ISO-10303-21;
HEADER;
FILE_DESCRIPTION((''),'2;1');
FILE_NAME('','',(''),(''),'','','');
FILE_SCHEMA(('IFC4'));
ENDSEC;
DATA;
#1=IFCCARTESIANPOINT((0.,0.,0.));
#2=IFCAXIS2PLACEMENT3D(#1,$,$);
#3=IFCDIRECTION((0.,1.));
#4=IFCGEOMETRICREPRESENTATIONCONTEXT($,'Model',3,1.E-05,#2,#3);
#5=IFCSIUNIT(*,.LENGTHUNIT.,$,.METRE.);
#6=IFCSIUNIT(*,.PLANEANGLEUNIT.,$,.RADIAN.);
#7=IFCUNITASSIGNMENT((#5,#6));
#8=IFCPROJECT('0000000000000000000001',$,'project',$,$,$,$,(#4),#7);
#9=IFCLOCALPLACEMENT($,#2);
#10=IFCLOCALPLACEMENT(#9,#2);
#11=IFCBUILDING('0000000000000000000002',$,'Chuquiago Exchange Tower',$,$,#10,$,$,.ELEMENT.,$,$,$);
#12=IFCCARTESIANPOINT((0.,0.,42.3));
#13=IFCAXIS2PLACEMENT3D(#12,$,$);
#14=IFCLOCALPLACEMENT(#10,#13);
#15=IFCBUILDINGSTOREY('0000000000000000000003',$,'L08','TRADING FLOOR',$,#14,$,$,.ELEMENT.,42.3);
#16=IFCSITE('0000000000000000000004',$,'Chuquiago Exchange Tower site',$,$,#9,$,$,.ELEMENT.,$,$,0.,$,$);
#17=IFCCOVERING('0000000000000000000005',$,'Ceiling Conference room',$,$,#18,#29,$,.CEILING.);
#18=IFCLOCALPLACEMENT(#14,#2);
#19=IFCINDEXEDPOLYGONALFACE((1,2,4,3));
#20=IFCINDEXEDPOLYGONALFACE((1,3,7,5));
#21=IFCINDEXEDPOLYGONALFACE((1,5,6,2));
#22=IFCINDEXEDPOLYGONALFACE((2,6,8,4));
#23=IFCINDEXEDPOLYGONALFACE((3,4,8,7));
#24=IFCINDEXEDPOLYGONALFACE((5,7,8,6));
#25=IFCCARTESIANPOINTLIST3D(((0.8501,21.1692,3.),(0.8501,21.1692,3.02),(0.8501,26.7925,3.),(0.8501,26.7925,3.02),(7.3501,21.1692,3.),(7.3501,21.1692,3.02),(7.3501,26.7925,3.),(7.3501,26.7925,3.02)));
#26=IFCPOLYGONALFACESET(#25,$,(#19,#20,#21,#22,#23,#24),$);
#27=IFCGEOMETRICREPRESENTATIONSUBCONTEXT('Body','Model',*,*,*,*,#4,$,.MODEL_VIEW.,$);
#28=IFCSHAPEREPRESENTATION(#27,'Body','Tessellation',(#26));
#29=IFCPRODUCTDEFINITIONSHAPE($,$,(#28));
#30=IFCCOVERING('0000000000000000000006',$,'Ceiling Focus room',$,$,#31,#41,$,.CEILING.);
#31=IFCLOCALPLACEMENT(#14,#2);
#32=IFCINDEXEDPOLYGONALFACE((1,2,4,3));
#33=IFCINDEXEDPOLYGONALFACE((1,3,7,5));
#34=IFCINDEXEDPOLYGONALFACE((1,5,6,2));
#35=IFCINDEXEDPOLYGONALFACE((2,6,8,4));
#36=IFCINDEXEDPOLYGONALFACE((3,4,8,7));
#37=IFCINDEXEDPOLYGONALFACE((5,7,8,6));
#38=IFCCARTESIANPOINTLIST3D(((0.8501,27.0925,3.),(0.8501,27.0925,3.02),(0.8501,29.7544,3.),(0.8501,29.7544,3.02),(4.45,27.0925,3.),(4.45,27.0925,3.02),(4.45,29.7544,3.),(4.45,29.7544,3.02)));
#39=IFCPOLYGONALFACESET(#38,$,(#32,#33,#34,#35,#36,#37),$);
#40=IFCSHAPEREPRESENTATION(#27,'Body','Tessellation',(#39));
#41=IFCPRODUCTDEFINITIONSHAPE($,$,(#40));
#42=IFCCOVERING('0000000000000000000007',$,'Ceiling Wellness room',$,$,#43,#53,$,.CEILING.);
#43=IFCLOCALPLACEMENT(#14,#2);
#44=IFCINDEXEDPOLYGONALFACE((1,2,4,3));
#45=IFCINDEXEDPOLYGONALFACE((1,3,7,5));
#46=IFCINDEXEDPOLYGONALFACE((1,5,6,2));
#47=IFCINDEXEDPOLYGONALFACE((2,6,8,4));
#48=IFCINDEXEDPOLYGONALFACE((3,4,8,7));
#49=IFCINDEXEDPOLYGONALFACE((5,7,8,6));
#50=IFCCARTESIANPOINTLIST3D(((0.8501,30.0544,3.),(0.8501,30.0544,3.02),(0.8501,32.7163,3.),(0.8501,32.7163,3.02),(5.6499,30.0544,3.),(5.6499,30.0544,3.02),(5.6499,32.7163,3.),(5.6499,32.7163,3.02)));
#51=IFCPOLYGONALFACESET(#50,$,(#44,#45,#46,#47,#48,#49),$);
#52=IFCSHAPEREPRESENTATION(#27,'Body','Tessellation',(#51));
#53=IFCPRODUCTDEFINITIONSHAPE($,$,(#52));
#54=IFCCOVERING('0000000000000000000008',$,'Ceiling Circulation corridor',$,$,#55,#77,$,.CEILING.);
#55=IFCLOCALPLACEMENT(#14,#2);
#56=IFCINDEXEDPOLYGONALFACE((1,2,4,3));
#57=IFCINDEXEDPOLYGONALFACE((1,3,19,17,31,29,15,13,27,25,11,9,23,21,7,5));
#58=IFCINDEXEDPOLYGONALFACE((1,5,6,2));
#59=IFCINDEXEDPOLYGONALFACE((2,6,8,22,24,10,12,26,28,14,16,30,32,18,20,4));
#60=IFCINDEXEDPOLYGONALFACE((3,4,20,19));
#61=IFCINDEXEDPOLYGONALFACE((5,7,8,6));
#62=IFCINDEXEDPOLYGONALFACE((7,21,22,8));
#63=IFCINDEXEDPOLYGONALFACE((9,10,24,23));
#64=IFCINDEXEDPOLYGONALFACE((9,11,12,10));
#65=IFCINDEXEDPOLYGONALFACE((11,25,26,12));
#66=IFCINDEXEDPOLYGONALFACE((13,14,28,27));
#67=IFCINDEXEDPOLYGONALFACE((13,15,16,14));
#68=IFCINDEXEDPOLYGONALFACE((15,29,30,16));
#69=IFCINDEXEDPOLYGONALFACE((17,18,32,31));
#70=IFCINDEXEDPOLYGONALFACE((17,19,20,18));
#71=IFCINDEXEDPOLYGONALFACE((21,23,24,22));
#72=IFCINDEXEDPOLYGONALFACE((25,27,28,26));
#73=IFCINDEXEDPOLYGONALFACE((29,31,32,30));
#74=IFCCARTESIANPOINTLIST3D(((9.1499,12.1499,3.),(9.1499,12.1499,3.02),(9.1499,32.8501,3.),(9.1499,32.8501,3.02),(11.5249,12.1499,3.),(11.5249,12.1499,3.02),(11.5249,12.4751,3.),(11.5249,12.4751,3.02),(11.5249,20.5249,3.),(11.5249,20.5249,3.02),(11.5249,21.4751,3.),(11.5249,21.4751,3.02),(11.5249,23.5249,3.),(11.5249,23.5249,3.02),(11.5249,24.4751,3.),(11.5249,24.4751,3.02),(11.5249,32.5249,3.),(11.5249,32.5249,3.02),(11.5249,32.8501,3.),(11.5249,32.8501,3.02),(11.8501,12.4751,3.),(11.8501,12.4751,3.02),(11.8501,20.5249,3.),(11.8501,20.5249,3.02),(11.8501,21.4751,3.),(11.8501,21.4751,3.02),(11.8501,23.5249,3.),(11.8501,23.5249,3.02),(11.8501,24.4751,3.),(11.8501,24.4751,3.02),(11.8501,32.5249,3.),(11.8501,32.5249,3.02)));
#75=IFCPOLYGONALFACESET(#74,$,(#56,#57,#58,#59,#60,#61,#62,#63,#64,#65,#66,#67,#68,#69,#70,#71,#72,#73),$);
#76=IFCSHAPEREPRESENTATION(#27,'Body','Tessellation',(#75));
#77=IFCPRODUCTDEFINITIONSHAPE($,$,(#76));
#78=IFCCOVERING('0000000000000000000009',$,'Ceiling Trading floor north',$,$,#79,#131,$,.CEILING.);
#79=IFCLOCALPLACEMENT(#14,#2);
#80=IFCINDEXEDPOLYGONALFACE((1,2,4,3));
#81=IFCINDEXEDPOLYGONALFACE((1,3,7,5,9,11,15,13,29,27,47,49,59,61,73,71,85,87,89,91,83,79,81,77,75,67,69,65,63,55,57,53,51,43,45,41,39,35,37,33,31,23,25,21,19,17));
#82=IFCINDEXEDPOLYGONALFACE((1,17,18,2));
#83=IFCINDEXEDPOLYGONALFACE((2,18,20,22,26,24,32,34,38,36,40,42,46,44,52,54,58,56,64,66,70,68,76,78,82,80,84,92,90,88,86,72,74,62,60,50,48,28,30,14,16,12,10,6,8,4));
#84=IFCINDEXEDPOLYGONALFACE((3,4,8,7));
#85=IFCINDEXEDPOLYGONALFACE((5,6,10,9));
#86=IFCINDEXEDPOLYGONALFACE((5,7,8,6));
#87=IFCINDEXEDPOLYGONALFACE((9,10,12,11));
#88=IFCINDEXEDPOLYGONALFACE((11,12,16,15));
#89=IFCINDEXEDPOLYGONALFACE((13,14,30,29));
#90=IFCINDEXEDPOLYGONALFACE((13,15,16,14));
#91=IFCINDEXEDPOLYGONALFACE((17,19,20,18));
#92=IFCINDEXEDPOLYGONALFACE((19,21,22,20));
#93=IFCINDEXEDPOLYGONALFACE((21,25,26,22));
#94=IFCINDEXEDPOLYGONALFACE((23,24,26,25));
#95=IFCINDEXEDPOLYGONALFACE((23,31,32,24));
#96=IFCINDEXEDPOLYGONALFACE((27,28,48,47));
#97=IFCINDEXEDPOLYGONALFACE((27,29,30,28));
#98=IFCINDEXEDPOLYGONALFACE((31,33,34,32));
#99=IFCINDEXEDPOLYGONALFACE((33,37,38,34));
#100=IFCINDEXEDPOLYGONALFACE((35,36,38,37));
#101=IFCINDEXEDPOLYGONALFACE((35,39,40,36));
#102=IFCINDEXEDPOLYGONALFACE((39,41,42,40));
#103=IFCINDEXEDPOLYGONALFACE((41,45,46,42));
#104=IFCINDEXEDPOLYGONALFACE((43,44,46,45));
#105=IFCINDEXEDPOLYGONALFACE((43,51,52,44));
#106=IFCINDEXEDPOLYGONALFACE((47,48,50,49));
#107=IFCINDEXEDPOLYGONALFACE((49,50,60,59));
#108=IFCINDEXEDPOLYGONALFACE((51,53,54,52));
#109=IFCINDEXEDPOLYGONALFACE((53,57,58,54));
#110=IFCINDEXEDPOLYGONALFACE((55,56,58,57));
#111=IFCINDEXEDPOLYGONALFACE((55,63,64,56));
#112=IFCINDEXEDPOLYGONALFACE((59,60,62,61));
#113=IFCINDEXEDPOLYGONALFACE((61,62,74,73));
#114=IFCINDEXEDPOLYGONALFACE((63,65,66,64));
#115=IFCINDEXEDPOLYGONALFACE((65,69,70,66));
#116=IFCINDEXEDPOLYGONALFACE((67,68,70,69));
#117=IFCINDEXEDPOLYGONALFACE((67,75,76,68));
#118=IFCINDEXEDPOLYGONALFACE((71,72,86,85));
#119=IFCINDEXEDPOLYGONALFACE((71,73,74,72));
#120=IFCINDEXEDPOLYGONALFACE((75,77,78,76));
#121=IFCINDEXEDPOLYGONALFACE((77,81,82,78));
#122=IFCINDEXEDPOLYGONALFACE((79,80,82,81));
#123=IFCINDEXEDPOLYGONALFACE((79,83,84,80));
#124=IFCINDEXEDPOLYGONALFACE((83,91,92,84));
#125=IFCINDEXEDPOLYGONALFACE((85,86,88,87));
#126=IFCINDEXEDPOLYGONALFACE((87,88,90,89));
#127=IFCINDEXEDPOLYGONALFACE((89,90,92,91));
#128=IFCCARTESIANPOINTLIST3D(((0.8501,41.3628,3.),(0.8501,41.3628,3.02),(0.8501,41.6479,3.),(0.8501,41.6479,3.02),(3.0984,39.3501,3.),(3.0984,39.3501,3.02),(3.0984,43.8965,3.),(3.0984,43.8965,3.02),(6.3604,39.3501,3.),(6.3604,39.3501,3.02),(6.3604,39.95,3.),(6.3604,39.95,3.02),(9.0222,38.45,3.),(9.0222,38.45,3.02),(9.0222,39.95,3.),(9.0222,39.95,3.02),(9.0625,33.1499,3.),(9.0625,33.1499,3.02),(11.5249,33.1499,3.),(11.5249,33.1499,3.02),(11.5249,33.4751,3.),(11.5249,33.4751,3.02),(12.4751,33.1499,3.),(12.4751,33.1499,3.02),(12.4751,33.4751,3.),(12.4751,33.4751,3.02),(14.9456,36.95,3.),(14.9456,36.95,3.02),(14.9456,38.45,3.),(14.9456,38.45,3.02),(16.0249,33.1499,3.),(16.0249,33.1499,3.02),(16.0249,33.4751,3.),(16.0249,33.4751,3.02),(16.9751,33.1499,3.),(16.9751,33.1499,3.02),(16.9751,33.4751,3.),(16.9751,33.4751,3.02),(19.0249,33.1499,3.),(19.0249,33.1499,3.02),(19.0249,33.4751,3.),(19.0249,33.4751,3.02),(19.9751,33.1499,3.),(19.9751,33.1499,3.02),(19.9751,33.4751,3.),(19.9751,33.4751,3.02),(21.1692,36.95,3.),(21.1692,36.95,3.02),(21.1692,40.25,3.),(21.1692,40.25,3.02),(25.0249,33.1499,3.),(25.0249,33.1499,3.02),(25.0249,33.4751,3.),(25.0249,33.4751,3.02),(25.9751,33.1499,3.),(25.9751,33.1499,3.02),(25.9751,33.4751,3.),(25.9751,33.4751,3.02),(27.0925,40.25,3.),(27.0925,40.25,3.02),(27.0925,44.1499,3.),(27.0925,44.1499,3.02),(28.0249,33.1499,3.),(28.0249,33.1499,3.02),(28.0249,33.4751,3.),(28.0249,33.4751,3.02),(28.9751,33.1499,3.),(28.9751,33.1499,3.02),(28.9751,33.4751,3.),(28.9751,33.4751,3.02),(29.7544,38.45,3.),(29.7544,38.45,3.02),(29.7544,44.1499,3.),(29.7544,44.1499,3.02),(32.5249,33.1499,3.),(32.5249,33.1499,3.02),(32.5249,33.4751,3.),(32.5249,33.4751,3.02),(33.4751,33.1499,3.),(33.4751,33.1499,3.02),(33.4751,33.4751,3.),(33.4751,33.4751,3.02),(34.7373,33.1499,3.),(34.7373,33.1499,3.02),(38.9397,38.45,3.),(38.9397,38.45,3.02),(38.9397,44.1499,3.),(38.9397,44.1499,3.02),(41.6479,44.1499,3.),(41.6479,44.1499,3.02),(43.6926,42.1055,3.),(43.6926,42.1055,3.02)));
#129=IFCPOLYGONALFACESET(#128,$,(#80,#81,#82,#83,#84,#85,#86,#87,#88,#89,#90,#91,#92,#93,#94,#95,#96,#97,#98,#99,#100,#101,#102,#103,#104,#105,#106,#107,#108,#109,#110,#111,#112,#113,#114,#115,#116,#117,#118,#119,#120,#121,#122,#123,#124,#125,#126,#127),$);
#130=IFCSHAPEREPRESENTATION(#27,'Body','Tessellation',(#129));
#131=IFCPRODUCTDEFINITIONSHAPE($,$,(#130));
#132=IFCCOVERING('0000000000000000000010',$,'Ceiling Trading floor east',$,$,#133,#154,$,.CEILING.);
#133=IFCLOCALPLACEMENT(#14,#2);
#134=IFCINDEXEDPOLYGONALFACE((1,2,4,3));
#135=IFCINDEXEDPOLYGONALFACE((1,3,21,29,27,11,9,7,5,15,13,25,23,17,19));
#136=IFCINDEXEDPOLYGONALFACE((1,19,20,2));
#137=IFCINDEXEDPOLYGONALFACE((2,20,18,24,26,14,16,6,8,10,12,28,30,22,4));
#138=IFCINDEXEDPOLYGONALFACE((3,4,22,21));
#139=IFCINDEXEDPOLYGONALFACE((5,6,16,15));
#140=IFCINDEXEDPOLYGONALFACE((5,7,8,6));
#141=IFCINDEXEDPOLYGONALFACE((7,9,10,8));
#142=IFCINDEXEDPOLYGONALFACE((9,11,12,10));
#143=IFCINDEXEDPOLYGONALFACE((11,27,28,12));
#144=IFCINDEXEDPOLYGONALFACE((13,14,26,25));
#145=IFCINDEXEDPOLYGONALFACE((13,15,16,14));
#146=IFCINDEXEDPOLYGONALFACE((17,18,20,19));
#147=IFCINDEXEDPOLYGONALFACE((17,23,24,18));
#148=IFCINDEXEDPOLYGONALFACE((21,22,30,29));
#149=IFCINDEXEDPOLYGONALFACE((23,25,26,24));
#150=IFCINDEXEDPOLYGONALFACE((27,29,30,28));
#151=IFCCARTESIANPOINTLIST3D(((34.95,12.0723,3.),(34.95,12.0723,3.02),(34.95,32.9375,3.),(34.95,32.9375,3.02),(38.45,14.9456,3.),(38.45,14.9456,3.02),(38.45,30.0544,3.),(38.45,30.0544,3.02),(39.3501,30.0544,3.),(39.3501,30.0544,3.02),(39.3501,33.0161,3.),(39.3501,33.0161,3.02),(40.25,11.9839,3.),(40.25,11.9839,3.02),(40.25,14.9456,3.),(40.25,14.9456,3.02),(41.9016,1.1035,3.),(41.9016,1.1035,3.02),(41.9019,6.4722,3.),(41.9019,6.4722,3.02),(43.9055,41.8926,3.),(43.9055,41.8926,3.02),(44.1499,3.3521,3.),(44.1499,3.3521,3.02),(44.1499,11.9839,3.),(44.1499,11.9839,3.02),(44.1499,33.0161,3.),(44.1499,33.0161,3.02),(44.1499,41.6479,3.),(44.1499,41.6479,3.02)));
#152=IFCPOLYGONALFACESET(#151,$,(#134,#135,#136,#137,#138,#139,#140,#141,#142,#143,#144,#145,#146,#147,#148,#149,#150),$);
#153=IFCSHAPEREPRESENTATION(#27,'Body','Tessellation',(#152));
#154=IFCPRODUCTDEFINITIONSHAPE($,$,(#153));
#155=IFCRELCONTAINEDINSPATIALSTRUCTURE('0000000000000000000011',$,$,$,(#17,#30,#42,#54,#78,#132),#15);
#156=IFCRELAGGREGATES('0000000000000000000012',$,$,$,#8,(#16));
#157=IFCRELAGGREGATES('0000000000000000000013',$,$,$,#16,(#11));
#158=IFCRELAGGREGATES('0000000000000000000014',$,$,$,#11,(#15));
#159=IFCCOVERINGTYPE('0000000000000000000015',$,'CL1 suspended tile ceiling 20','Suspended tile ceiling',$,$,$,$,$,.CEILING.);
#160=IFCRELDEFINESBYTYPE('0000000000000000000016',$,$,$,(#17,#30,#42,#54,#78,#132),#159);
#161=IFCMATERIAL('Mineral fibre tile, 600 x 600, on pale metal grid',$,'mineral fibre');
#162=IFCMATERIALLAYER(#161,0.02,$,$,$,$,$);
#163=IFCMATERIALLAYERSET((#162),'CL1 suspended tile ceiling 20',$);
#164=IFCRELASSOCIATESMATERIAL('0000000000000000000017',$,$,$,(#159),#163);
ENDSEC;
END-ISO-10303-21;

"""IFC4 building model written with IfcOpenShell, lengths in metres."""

from ifc_helpers import new_model, si_unit, direction, frame, origin, place, context, subcontext, project, spatial, polyline, outline, extrude, material, layer, layer_set, type_object, element, save


model = new_model("IFC4")

# Units and contexts
model_context = context("Model", 3, precision=1e-05, world=origin(), true_north=direction((0.0, 1.0)))
body_context = subcontext(model_context, "Body", "Model", "MODEL_VIEW")
ifc_project = project(units=[si_unit("LENGTHUNIT", "METRE"), si_unit("PLANEANGLEUNIT", "RADIAN")], contexts=[model_context])

# Site, building, storey
site_placement = place(None, origin())
site = spatial("IfcSite", under=ifc_project, at=site_placement, Name="Chuquiago Exchange Tower site", CompositionType="ELEMENT", RefElevation=0.0)
building_placement = place(site_placement, origin())
building = spatial("IfcBuilding", under=site, at=building_placement, Name="Chuquiago Exchange Tower", CompositionType="ELEMENT")
storey_placement = place(building_placement, frame((0.0, 0.0, 42.3)))
storey = spatial("IfcBuildingStorey", under=building, at=storey_placement, Name="L08", Description="TRADING FLOOR", CompositionType="ELEMENT", Elevation=42.3)

# Coverings
ifc_material_1 = material(Name="Mineral fibre tile, 600 x 600, on pale metal grid", Category="mineral fibre")
ifc_layer_1 = layer(ifc_material_1, 0.02)
ifc_layer_set_1 = layer_set([ifc_layer_1], Name="CL1 suspended tile ceiling 20")
covering_type_1 = type_object("IfcCoveringType", Name="CL1 suspended tile ceiling 20", Description="Suspended tile ceiling", PredefinedType="CEILING", material=ifc_layer_set_1)
covering_1_placement = place(storey_placement, frame((0.0, 0.0, 3.0)))
element("IfcCovering", 1, at=covering_1_placement, inside=storey, type_object=covering_type_1, Name="Ceiling Conference room", PredefinedType="CEILING", context=body_context, shape_type="SweptSolid", body=[
    extrude(outline(polyline([(7.3501, 26.7925), (7.3501, 21.1692), (0.8501, 21.1692), (0.8501, 26.7925), (7.3501, 26.7925)])), origin(), (0.0, 0.0, 1.0), 0.02),
])
covering_2_placement = place(storey_placement, frame((0.0, 0.0, 3.0)))
element("IfcCovering", 2, at=covering_2_placement, inside=storey, type_object=covering_type_1, Name="Ceiling Focus room", PredefinedType="CEILING", context=body_context, shape_type="SweptSolid", body=[
    extrude(outline(polyline([(4.45, 29.7544), (4.45, 27.0925), (0.8501, 27.0925), (0.8501, 29.7544), (4.45, 29.7544)])), origin(), (0.0, 0.0, 1.0), 0.02),
])
covering_3_placement = place(storey_placement, frame((0.0, 0.0, 3.0)))
element("IfcCovering", 3, at=covering_3_placement, inside=storey, type_object=covering_type_1, Name="Ceiling Wellness room", PredefinedType="CEILING", context=body_context, shape_type="SweptSolid", body=[
    extrude(outline(polyline([(5.6499, 32.7163), (5.6499, 30.0544), (0.8501, 30.0544), (0.8501, 32.7163), (5.6499, 32.7163)])), origin(), (0.0, 0.0, 1.0), 0.02),
])
covering_4_placement = place(storey_placement, frame((0.0, 0.0, 3.0)))
element("IfcCovering", 4, at=covering_4_placement, inside=storey, type_object=covering_type_1, Name="Ceiling Circulation corridor", PredefinedType="CEILING", context=body_context, shape_type="SweptSolid", body=[
    extrude(outline(polyline([(9.1499, 12.1499), (9.1499, 32.8501), (11.5249, 32.8501), (11.5249, 32.5249), (11.8501, 32.5249), (11.8501, 24.4751), (11.5249, 24.4751), (11.5249, 23.5249), (11.8501, 23.5249), (11.8501, 21.4751), (11.5249, 21.4751), (11.5249, 20.5249), (11.8501, 20.5249), (11.8501, 12.4751), (11.5249, 12.4751), (11.5249, 12.1499), (9.1499, 12.1499)])), origin(), (0.0, 0.0, 1.0), 0.02),
])
covering_5_placement = place(storey_placement, frame((0.0, 0.0, 3.0)))
element("IfcCovering", 5, at=covering_5_placement, inside=storey, type_object=covering_type_1, Name="Ceiling Trading floor north", PredefinedType="CEILING", context=body_context, shape_type="SweptSolid", body=[
    extrude(outline(polyline([(3.0984, 43.8965), (3.0984, 39.3501), (6.3604, 39.3501), (6.3604, 39.95), (9.0222, 39.95), (9.0222, 38.45), (14.9456, 38.45), (14.9456, 36.95), (21.1692, 36.95), (21.1692, 40.25), (27.0925, 40.25), (27.0925, 44.1499), (29.7544, 44.1499), (29.7544, 38.45), (38.9397, 38.45), (38.9397, 44.1499), (41.6479, 44.1499), (43.6926, 42.1055), (34.7373, 33.1499), (33.4751, 33.1499), (33.4751, 33.4751), (32.5249, 33.4751), (32.5249, 33.1499), (28.9751, 33.1499), (28.9751, 33.4751), (28.0249, 33.4751), (28.0249, 33.1499), (25.9751, 33.1499), (25.9751, 33.4751), (25.0249, 33.4751), (25.0249, 33.1499), (19.9751, 33.1499), (19.9751, 33.4751), (19.0249, 33.4751), (19.0249, 33.1499), (16.9751, 33.1499), (16.9751, 33.4751), (16.0249, 33.4751), (16.0249, 33.1499), (12.4751, 33.1499), (12.4751, 33.4751), (11.5249, 33.4751), (11.5249, 33.1499), (9.0625, 33.1499), (0.8501, 41.3628), (0.8501, 41.6479), (3.0984, 43.8965)])), origin(), (0.0, 0.0, 1.0), 0.02),
])
covering_6_placement = place(storey_placement, frame((0.0, 0.0, 3.0)))
element("IfcCovering", 6, at=covering_6_placement, inside=storey, type_object=covering_type_1, Name="Ceiling Trading floor east", PredefinedType="CEILING", context=body_context, shape_type="SweptSolid", body=[
    extrude(outline(polyline([(44.1499, 33.0161), (39.3501, 33.0161), (39.3501, 30.0544), (38.45, 30.0544), (38.45, 14.9456), (40.25, 14.9456), (40.25, 11.9839), (44.1499, 11.9839), (44.1499, 3.3521), (41.9016, 1.1035), (41.9019, 6.4722), (34.95, 12.0723), (34.95, 32.9375), (43.9055, 41.8926), (44.1499, 41.6479), (44.1499, 33.0161)])), origin(), (0.0, 0.0, 1.0), 0.02),
])

save(model, "model.ifc")
